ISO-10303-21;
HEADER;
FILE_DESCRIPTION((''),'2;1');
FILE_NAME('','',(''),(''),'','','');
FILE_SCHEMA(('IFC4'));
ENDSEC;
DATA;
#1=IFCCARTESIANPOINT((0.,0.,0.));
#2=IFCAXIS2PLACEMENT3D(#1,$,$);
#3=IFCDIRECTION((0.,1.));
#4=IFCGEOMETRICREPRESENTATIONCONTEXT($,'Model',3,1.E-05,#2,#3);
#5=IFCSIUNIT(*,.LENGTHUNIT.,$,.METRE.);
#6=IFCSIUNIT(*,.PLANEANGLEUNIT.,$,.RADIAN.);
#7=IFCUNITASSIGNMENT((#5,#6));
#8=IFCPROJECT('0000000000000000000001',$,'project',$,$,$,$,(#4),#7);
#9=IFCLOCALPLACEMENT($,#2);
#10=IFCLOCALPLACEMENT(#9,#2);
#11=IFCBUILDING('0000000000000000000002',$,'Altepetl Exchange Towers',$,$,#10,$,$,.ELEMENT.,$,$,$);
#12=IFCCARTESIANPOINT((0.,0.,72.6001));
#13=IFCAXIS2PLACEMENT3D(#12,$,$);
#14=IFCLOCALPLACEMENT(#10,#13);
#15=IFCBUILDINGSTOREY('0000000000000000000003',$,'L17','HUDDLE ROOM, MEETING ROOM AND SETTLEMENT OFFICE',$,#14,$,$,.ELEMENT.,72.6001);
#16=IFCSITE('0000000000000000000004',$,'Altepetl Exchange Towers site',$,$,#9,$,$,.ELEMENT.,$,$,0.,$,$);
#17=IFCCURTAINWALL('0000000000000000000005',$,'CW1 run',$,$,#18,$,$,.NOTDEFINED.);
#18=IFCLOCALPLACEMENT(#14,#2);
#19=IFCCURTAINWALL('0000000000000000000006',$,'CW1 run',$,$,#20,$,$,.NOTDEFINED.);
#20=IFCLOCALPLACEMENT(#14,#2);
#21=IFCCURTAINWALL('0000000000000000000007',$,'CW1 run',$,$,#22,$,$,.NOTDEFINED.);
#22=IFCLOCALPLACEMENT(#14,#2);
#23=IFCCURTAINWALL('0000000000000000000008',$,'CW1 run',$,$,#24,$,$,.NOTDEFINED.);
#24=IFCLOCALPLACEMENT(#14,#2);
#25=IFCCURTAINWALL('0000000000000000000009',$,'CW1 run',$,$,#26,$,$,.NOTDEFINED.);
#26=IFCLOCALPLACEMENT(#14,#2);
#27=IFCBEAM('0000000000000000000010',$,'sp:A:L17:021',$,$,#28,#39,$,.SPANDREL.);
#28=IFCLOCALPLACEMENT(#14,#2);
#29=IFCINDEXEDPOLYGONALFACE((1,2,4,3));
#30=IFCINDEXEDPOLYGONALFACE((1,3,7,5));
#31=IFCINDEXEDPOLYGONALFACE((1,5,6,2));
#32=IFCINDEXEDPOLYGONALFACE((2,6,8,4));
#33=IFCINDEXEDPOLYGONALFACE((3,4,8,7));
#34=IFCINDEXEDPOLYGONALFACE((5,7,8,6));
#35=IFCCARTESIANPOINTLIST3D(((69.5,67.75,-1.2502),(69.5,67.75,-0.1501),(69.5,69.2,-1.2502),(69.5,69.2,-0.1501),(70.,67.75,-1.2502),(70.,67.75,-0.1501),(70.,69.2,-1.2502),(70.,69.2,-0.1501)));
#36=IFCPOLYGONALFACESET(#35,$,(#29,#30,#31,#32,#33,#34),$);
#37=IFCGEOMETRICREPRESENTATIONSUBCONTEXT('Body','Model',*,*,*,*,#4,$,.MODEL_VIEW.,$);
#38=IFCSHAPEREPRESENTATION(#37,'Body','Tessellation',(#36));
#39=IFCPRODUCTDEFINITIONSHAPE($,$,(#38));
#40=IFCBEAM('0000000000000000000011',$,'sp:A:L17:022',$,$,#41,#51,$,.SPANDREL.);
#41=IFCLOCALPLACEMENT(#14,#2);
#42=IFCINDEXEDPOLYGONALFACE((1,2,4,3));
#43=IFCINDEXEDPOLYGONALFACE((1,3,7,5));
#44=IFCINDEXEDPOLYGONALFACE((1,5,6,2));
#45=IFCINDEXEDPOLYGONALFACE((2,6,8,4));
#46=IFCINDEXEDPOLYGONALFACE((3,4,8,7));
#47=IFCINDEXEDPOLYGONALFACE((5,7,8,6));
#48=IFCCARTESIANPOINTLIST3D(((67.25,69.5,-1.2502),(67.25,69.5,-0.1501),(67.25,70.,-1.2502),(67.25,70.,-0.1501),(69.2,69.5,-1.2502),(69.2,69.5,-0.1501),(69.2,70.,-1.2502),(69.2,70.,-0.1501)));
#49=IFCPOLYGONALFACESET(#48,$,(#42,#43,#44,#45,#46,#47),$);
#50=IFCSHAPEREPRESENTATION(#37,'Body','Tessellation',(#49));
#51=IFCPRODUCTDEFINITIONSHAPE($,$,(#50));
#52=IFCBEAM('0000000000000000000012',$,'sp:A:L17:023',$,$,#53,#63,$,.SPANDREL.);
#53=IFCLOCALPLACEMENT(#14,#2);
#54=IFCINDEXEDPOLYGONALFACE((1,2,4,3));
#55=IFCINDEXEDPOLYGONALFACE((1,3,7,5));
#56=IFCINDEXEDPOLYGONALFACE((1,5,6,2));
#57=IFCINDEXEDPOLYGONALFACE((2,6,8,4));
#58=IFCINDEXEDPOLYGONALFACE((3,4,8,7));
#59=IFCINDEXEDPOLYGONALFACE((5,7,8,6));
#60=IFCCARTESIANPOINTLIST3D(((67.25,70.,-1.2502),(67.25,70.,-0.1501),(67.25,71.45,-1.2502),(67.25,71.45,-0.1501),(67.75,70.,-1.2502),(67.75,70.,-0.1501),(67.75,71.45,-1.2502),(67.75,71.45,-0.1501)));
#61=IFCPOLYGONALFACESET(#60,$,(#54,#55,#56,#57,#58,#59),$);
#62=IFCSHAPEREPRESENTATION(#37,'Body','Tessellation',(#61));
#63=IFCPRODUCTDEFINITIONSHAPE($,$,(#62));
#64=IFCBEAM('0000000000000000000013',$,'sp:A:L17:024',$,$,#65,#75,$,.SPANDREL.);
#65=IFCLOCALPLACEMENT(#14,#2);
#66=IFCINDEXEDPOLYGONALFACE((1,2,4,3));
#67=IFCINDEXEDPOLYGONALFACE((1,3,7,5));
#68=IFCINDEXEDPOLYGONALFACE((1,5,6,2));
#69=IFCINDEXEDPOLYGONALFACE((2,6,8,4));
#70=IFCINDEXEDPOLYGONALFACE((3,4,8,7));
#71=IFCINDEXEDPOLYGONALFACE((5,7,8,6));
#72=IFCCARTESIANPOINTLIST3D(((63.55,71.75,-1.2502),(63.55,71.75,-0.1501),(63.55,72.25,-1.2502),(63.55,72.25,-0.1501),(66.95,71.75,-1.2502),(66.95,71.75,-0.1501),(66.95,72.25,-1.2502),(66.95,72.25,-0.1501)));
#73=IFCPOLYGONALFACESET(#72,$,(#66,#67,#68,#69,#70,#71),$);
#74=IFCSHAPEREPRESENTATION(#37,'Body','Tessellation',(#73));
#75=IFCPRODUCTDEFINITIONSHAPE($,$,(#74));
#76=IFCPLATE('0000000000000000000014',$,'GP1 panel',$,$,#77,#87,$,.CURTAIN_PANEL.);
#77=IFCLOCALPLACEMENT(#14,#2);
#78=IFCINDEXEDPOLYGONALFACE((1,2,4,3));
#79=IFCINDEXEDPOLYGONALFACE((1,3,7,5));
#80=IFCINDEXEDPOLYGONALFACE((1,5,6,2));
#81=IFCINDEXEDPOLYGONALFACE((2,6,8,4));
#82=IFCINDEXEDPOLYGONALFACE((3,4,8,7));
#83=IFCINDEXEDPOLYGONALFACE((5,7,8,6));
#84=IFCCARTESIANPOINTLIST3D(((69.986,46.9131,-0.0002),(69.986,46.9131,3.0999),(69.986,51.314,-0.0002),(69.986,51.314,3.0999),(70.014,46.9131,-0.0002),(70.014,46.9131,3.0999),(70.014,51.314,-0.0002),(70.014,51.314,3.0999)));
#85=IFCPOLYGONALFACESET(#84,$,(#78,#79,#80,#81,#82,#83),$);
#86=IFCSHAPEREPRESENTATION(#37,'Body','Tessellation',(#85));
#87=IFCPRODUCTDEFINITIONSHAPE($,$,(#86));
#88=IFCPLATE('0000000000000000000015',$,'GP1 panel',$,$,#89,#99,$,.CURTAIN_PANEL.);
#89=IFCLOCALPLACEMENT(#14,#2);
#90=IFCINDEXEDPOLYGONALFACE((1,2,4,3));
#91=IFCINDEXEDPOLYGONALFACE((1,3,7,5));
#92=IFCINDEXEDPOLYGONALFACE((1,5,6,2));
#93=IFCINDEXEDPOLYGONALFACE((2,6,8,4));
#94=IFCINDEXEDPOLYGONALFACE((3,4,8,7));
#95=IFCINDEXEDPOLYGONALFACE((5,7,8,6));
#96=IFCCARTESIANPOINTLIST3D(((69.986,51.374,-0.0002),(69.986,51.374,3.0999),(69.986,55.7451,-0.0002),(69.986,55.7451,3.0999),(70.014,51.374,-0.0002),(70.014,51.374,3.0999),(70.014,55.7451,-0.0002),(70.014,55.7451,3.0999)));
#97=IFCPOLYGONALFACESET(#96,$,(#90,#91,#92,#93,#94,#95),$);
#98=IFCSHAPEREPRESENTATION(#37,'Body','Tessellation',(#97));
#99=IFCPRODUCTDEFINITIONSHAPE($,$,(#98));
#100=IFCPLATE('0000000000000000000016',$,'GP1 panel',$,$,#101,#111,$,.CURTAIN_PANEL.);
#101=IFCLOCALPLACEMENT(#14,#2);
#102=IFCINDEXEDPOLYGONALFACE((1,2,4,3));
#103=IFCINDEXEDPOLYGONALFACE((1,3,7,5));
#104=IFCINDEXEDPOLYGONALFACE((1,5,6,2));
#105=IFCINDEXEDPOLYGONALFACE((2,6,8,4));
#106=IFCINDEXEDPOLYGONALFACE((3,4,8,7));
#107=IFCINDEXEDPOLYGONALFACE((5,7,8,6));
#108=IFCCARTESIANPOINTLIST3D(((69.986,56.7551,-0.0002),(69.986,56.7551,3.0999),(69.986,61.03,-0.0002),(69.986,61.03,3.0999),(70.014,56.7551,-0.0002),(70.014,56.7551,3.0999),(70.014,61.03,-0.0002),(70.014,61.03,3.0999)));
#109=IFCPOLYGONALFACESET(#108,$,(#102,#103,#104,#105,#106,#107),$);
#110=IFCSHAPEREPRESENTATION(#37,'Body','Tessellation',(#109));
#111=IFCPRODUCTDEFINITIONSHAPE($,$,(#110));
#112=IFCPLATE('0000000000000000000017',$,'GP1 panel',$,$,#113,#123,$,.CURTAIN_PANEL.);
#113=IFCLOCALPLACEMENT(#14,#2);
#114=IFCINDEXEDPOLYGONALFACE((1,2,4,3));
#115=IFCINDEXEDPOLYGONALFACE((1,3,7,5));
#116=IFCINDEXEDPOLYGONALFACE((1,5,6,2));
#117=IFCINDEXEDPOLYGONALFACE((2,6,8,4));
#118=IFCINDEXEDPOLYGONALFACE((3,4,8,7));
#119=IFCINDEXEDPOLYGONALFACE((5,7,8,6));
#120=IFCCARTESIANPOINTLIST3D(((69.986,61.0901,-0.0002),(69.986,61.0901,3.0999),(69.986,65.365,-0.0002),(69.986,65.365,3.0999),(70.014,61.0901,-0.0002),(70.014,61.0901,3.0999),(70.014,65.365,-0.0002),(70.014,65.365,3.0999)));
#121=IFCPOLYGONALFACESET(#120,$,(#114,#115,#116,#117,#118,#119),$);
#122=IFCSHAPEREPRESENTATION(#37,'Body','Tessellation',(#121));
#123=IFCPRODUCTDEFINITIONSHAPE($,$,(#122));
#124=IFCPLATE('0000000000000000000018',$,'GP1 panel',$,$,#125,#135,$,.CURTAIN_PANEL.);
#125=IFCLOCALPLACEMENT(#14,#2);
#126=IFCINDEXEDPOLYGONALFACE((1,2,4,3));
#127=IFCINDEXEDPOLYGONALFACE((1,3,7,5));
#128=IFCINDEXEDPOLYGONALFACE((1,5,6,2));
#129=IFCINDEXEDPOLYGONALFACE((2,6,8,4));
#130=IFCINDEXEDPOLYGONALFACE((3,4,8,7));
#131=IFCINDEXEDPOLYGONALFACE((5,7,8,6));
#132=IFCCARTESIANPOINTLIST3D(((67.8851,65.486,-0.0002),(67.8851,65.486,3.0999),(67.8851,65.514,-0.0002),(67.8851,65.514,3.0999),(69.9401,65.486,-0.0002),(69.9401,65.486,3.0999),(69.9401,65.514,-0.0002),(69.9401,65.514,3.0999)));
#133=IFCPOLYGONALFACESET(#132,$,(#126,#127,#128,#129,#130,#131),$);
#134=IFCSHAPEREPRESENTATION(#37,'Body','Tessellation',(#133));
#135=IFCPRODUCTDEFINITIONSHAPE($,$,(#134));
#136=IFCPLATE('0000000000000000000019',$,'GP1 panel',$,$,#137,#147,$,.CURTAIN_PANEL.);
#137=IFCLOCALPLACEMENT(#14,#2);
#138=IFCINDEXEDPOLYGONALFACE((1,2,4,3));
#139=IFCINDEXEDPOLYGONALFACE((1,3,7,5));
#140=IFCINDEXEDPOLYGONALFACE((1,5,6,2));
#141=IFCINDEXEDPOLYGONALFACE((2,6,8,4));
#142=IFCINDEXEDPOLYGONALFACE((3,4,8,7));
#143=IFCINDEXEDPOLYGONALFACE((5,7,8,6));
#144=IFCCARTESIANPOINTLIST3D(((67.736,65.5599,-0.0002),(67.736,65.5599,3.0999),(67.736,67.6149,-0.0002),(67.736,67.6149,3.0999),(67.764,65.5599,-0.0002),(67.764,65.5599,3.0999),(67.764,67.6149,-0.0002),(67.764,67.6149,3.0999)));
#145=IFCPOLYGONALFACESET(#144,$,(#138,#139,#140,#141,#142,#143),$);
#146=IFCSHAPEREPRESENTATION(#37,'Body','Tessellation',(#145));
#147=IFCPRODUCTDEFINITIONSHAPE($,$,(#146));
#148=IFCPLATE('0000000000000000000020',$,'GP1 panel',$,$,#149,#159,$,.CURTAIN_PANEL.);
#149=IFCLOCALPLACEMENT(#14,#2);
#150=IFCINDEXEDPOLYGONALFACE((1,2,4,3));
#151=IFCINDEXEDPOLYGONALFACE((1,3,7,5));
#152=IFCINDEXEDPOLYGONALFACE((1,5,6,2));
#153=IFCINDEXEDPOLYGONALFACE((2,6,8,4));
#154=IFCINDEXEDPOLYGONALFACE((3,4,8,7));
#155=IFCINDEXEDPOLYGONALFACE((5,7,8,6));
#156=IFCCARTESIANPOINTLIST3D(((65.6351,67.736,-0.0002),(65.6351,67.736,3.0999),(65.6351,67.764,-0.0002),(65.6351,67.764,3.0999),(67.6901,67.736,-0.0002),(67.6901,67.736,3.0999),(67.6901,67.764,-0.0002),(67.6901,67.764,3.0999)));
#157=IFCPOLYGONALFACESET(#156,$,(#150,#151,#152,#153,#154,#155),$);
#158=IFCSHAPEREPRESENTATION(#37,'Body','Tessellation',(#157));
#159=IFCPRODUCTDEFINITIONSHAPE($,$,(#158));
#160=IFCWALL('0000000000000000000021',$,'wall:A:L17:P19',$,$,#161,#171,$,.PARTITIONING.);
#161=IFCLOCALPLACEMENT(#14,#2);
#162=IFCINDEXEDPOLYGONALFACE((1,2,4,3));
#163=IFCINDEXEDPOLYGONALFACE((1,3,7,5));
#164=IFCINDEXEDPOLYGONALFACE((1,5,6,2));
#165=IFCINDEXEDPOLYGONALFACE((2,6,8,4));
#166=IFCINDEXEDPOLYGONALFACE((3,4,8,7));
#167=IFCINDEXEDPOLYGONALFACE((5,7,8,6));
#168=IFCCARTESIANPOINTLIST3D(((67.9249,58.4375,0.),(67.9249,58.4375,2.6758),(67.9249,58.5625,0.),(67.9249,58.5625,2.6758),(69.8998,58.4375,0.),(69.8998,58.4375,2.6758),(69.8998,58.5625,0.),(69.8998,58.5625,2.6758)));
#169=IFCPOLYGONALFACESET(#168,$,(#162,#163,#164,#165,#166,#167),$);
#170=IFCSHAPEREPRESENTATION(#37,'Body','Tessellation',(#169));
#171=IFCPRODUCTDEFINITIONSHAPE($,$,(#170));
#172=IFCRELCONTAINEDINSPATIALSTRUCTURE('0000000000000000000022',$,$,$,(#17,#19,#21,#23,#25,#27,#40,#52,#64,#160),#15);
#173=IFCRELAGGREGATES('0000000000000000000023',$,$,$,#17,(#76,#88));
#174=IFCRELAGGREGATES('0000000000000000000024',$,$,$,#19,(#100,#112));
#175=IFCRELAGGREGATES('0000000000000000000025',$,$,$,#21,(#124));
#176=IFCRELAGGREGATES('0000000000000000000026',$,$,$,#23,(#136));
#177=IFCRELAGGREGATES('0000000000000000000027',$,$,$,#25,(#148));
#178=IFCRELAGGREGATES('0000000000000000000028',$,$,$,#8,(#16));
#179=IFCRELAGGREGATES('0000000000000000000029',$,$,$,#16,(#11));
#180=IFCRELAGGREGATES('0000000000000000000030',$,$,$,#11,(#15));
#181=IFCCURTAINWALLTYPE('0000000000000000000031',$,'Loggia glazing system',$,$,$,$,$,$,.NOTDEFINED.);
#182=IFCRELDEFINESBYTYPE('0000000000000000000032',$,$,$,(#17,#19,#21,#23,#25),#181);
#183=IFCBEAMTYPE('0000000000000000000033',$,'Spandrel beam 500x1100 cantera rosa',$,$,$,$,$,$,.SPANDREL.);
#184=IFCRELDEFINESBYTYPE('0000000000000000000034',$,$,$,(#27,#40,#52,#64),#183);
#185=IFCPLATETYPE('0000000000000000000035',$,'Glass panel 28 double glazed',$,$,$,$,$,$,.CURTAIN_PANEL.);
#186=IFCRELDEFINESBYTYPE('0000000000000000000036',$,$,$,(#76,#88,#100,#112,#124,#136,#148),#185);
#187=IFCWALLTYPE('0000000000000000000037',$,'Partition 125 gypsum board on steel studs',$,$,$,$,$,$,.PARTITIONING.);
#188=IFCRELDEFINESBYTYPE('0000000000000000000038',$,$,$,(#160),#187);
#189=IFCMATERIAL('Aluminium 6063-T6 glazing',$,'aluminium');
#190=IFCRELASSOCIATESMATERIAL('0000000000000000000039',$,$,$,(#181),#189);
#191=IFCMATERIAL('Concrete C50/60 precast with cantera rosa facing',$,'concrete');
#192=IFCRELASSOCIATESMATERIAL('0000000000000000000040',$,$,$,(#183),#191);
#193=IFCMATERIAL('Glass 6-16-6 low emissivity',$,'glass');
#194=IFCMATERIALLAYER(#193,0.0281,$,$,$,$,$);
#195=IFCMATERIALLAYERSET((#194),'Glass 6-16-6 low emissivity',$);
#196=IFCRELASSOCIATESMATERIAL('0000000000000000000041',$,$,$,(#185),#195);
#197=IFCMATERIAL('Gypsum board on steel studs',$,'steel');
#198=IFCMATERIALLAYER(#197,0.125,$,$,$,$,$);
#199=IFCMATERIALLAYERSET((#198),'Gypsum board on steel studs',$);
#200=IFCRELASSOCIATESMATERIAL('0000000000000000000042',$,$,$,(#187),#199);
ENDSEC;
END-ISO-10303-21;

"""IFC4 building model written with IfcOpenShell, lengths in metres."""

from ifc_helpers import new_model, si_unit, direction, frame, frame_2d, origin, origin_2d, place, context, subcontext, project, spatial, rectangle, extrude, material, layer, layer_set, material_profile, profile_set, type_object, element, aggregate, save


model = new_model("IFC4")

# Units and contexts
model_context = context("Model", 3, precision=1e-05, world=origin(), true_north=direction((0.0, 1.0)))
body_context = subcontext(model_context, "Body", "Model", "MODEL_VIEW")
ifc_project = project(units=[si_unit("LENGTHUNIT", "METRE"), si_unit("PLANEANGLEUNIT", "RADIAN")], contexts=[model_context])

# Site, building, storey
site_placement = place(None, origin())
site = spatial("IfcSite", under=ifc_project, at=site_placement, Name="Altepetl Exchange Towers site", CompositionType="ELEMENT", RefElevation=0.0)
building_placement = place(site_placement, origin())
building = spatial("IfcBuilding", under=site, at=building_placement, Name="Altepetl Exchange Towers", CompositionType="ELEMENT")
storey_placement = place(building_placement, frame((0.0, 0.0, 72.6001)))
storey = spatial("IfcBuildingStorey", under=building, at=storey_placement, Name="L17", Description="HUDDLE ROOM, MEETING ROOM AND SETTLEMENT OFFICE", CompositionType="ELEMENT", Elevation=72.6001)

# Curtain walls
ifc_material_1 = material(Name="Aluminium 6063-T6 glazing", Category="aluminium")
curtain_wall_type = type_object("IfcCurtainWallType", Name="Loggia glazing system", PredefinedType="NOTDEFINED", material=ifc_material_1)
curtain_wall_1_placement = place(storey_placement, origin())
curtain_wall_1 = element("IfcCurtainWall", 1, at=curtain_wall_1_placement, inside=storey, type_object=curtain_wall_type, Name="CW1 run", PredefinedType="NOTDEFINED")
curtain_wall_2_placement = place(storey_placement, origin())
curtain_wall_2 = element("IfcCurtainWall", 2, at=curtain_wall_2_placement, inside=storey, type_object=curtain_wall_type, Name="CW1 run", PredefinedType="NOTDEFINED")
curtain_wall_3_placement = place(storey_placement, origin())
curtain_wall_3 = element("IfcCurtainWall", 3, at=curtain_wall_3_placement, inside=storey, type_object=curtain_wall_type, Name="CW1 run", PredefinedType="NOTDEFINED")
curtain_wall_4_placement = place(storey_placement, origin())
curtain_wall_4 = element("IfcCurtainWall", 4, at=curtain_wall_4_placement, inside=storey, type_object=curtain_wall_type, Name="CW1 run", PredefinedType="NOTDEFINED")

# Curtain wall
curtain_wall_5_placement = place(storey_placement, origin())
curtain_wall_5 = element("IfcCurtainWall", 5, at=curtain_wall_5_placement, inside=storey, type_object=curtain_wall_type, Name="CW1 run", PredefinedType="NOTDEFINED")

# Beams
ifc_material_2 = material(Name="Concrete C50/60 precast with cantera rosa facing", Category="concrete")
ifc_material_profile_1 = material_profile(ifc_material_2, rectangle(XDim=0.5, YDim=1.1001, at=origin_2d()), Name="500 x 1100")
ifc_profile_set_1 = profile_set([ifc_material_profile_1], Name="Concrete C50/60 precast with cantera rosa facing")
beam_type_1 = type_object("IfcBeamType", Name="Spandrel beam 500x1100 cantera rosa", PredefinedType="SPANDREL", material=ifc_profile_set_1)
beam_1_placement = place(storey_placement, frame((69.75, 67.75, -0.7002), z_axis=(0.0, 1.0, 0.0), x_axis=(-1.0, 0.0, 0.0)))
element("IfcBeam", 6, at=beam_1_placement, inside=storey, type_object=beam_type_1, Name="sp:A:L17:021", PredefinedType="SPANDREL", context=body_context, shape_type="SweptSolid", body=[
    extrude(rectangle(XDim=0.5, YDim=1.1001, at=origin_2d()), origin(), (0.0, 0.0, 1.0), 1.45),
])
beam_2_placement = place(storey_placement, frame((69.2, 69.75, -0.7002), z_axis=(-1.0, 0.0, 0.0), x_axis=(0.0, -1.0, 0.0)))
element("IfcBeam", 7, at=beam_2_placement, inside=storey, type_object=beam_type_1, Name="sp:A:L17:022", PredefinedType="SPANDREL", context=body_context, shape_type="SweptSolid", body=[
    extrude(rectangle(XDim=0.5, YDim=1.1001, at=origin_2d()), origin(), (0.0, 0.0, 1.0), 1.95),
])
beam_3_placement = place(storey_placement, frame((67.5, 70.0, -0.7002), z_axis=(0.0, 1.0, 0.0), x_axis=(-1.0, 0.0, 0.0)))
element("IfcBeam", 8, at=beam_3_placement, inside=storey, type_object=beam_type_1, Name="sp:A:L17:023", PredefinedType="SPANDREL", context=body_context, shape_type="SweptSolid", body=[
    extrude(rectangle(XDim=0.5, YDim=1.1001, at=origin_2d()), origin(), (0.0, 0.0, 1.0), 1.45),
])
beam_4_placement = place(storey_placement, frame((66.95, 72.0, -0.7002), z_axis=(-1.0, 0.0, 0.0), x_axis=(0.0, -1.0, 0.0)))
element("IfcBeam", 9, at=beam_4_placement, inside=storey, type_object=beam_type_1, Name="sp:A:L17:024", PredefinedType="SPANDREL", context=body_context, shape_type="SweptSolid", body=[
    extrude(rectangle(XDim=0.5, YDim=1.1001, at=origin_2d()), origin(), (0.0, 0.0, 1.0), 3.3999),
])

# Plates
ifc_material_3 = material(Name="Glass 6-16-6 low emissivity", Category="glass")
ifc_layer_1 = layer(ifc_material_3, 0.0281)
ifc_layer_set_1 = layer_set([ifc_layer_1], Name="Glass 6-16-6 low emissivity")
plate_type = type_object("IfcPlateType", Name="Glass panel 28 double glazed", PredefinedType="CURTAIN_PANEL", material=ifc_layer_set_1)
plate_1_placement = place(storey_placement, frame((70.0, 49.1135, -0.0002), z_axis=(0.0, 0.0, 1.0), x_axis=(0.0, 1.0, 0.0)))
plate_1 = element("IfcPlate", 10, at=plate_1_placement, type_object=plate_type, Name="GP1 panel", PredefinedType="CURTAIN_PANEL", context=body_context, shape_type="SweptSolid", body=[
    extrude(rectangle(XDim=4.4009, YDim=0.0281, at=origin_2d()), origin(), (0.0, 0.0, 1.0), 3.1001),
])
plate_2_placement = place(storey_placement, frame((70.0, 53.5596, -0.0002), z_axis=(0.0, 0.0, 1.0), x_axis=(0.0, 1.0, 0.0)))
plate_2 = element("IfcPlate", 11, at=plate_2_placement, type_object=plate_type, Name="GP1 panel", PredefinedType="CURTAIN_PANEL", context=body_context, shape_type="SweptSolid", body=[
    extrude(rectangle(XDim=4.3711, YDim=0.0281, at=origin_2d()), origin(), (0.0, 0.0, 1.0), 3.1001),
])
aggregate(curtain_wall_1, [plate_1, plate_2])
plate_3_placement = place(storey_placement, frame((70.0, 58.8926, -0.0002), z_axis=(0.0, 0.0, 1.0), x_axis=(0.0, 1.0, 0.0)))
plate_3 = element("IfcPlate", 12, at=plate_3_placement, type_object=plate_type, Name="GP1 panel", PredefinedType="CURTAIN_PANEL", context=body_context, shape_type="SweptSolid", body=[
    extrude(rectangle(XDim=4.2749, YDim=0.0281, at=origin_2d()), origin(), (0.0, 0.0, 1.0), 3.1001),
])
plate_4_placement = place(storey_placement, frame((70.0, 63.2275, -0.0002), z_axis=(0.0, 0.0, 1.0), x_axis=(0.0, 1.0, 0.0)))
plate_4 = element("IfcPlate", 13, at=plate_4_placement, type_object=plate_type, Name="GP1 panel", PredefinedType="CURTAIN_PANEL", context=body_context, shape_type="SweptSolid", body=[
    extrude(rectangle(XDim=4.2749, YDim=0.0281, at=origin_2d()), origin(), (0.0, 0.0, 1.0), 3.1001),
])
aggregate(curtain_wall_2, [plate_3, plate_4])
plate_5_placement = place(storey_placement, frame((68.9126, 65.5, -0.0002), z_axis=(0.0, 0.0, 1.0), x_axis=(-1.0, 0.0, 0.0)))
plate_5 = element("IfcPlate", 14, at=plate_5_placement, type_object=plate_type, Name="GP1 panel", PredefinedType="CURTAIN_PANEL", context=body_context, shape_type="SweptSolid", body=[
    extrude(rectangle(XDim=2.0549, YDim=0.0281, at=origin_2d()), origin(), (0.0, 0.0, 1.0), 3.1001),
])
aggregate(curtain_wall_3, [plate_5])
plate_6_placement = place(storey_placement, frame((67.75, 66.5874, -0.0002), z_axis=(0.0, 0.0, 1.0), x_axis=(0.0, 1.0, 0.0)))
plate_6 = element("IfcPlate", 15, at=plate_6_placement, type_object=plate_type, Name="GP1 panel", PredefinedType="CURTAIN_PANEL", context=body_context, shape_type="SweptSolid", body=[
    extrude(rectangle(XDim=2.0549, YDim=0.0281, at=origin_2d()), origin(), (0.0, 0.0, 1.0), 3.1001),
])
aggregate(curtain_wall_4, [plate_6])
plate_7_placement = place(storey_placement, frame((66.6626, 67.75, -0.0002), z_axis=(0.0, 0.0, 1.0), x_axis=(-1.0, 0.0, 0.0)))
plate_7 = element("IfcPlate", 16, at=plate_7_placement, type_object=plate_type, Name="GP1 panel", PredefinedType="CURTAIN_PANEL", context=body_context, shape_type="SweptSolid", body=[
    extrude(rectangle(XDim=2.0549, YDim=0.0281, at=origin_2d()), origin(), (0.0, 0.0, 1.0), 3.1001),
])
aggregate(curtain_wall_5, [plate_7])

# Wall
ifc_material_4 = material(Name="Gypsum board on steel studs", Category="steel")
ifc_layer_2 = layer(ifc_material_4, 0.125)
ifc_layer_set_2 = layer_set([ifc_layer_2], Name="Gypsum board on steel studs")
wall_type = type_object("IfcWallType", Name="Partition 125 gypsum board on steel studs", PredefinedType="PARTITIONING", material=ifc_layer_set_2)
wall_placement = place(storey_placement, frame((67.925, 58.5, 0.0)))
element("IfcWall", 17, at=wall_placement, inside=storey, type_object=wall_type, Name="wall:A:L17:P19", PredefinedType="PARTITIONING", context=body_context, shape_type="SweptSolid", body=[
    extrude(rectangle(XDim=1.9749, YDim=0.125, at=frame_2d((0.9873, 0.0))), origin(), (0.0, 0.0, 1.0), 2.6758),
])

save(model, "model.ifc")
